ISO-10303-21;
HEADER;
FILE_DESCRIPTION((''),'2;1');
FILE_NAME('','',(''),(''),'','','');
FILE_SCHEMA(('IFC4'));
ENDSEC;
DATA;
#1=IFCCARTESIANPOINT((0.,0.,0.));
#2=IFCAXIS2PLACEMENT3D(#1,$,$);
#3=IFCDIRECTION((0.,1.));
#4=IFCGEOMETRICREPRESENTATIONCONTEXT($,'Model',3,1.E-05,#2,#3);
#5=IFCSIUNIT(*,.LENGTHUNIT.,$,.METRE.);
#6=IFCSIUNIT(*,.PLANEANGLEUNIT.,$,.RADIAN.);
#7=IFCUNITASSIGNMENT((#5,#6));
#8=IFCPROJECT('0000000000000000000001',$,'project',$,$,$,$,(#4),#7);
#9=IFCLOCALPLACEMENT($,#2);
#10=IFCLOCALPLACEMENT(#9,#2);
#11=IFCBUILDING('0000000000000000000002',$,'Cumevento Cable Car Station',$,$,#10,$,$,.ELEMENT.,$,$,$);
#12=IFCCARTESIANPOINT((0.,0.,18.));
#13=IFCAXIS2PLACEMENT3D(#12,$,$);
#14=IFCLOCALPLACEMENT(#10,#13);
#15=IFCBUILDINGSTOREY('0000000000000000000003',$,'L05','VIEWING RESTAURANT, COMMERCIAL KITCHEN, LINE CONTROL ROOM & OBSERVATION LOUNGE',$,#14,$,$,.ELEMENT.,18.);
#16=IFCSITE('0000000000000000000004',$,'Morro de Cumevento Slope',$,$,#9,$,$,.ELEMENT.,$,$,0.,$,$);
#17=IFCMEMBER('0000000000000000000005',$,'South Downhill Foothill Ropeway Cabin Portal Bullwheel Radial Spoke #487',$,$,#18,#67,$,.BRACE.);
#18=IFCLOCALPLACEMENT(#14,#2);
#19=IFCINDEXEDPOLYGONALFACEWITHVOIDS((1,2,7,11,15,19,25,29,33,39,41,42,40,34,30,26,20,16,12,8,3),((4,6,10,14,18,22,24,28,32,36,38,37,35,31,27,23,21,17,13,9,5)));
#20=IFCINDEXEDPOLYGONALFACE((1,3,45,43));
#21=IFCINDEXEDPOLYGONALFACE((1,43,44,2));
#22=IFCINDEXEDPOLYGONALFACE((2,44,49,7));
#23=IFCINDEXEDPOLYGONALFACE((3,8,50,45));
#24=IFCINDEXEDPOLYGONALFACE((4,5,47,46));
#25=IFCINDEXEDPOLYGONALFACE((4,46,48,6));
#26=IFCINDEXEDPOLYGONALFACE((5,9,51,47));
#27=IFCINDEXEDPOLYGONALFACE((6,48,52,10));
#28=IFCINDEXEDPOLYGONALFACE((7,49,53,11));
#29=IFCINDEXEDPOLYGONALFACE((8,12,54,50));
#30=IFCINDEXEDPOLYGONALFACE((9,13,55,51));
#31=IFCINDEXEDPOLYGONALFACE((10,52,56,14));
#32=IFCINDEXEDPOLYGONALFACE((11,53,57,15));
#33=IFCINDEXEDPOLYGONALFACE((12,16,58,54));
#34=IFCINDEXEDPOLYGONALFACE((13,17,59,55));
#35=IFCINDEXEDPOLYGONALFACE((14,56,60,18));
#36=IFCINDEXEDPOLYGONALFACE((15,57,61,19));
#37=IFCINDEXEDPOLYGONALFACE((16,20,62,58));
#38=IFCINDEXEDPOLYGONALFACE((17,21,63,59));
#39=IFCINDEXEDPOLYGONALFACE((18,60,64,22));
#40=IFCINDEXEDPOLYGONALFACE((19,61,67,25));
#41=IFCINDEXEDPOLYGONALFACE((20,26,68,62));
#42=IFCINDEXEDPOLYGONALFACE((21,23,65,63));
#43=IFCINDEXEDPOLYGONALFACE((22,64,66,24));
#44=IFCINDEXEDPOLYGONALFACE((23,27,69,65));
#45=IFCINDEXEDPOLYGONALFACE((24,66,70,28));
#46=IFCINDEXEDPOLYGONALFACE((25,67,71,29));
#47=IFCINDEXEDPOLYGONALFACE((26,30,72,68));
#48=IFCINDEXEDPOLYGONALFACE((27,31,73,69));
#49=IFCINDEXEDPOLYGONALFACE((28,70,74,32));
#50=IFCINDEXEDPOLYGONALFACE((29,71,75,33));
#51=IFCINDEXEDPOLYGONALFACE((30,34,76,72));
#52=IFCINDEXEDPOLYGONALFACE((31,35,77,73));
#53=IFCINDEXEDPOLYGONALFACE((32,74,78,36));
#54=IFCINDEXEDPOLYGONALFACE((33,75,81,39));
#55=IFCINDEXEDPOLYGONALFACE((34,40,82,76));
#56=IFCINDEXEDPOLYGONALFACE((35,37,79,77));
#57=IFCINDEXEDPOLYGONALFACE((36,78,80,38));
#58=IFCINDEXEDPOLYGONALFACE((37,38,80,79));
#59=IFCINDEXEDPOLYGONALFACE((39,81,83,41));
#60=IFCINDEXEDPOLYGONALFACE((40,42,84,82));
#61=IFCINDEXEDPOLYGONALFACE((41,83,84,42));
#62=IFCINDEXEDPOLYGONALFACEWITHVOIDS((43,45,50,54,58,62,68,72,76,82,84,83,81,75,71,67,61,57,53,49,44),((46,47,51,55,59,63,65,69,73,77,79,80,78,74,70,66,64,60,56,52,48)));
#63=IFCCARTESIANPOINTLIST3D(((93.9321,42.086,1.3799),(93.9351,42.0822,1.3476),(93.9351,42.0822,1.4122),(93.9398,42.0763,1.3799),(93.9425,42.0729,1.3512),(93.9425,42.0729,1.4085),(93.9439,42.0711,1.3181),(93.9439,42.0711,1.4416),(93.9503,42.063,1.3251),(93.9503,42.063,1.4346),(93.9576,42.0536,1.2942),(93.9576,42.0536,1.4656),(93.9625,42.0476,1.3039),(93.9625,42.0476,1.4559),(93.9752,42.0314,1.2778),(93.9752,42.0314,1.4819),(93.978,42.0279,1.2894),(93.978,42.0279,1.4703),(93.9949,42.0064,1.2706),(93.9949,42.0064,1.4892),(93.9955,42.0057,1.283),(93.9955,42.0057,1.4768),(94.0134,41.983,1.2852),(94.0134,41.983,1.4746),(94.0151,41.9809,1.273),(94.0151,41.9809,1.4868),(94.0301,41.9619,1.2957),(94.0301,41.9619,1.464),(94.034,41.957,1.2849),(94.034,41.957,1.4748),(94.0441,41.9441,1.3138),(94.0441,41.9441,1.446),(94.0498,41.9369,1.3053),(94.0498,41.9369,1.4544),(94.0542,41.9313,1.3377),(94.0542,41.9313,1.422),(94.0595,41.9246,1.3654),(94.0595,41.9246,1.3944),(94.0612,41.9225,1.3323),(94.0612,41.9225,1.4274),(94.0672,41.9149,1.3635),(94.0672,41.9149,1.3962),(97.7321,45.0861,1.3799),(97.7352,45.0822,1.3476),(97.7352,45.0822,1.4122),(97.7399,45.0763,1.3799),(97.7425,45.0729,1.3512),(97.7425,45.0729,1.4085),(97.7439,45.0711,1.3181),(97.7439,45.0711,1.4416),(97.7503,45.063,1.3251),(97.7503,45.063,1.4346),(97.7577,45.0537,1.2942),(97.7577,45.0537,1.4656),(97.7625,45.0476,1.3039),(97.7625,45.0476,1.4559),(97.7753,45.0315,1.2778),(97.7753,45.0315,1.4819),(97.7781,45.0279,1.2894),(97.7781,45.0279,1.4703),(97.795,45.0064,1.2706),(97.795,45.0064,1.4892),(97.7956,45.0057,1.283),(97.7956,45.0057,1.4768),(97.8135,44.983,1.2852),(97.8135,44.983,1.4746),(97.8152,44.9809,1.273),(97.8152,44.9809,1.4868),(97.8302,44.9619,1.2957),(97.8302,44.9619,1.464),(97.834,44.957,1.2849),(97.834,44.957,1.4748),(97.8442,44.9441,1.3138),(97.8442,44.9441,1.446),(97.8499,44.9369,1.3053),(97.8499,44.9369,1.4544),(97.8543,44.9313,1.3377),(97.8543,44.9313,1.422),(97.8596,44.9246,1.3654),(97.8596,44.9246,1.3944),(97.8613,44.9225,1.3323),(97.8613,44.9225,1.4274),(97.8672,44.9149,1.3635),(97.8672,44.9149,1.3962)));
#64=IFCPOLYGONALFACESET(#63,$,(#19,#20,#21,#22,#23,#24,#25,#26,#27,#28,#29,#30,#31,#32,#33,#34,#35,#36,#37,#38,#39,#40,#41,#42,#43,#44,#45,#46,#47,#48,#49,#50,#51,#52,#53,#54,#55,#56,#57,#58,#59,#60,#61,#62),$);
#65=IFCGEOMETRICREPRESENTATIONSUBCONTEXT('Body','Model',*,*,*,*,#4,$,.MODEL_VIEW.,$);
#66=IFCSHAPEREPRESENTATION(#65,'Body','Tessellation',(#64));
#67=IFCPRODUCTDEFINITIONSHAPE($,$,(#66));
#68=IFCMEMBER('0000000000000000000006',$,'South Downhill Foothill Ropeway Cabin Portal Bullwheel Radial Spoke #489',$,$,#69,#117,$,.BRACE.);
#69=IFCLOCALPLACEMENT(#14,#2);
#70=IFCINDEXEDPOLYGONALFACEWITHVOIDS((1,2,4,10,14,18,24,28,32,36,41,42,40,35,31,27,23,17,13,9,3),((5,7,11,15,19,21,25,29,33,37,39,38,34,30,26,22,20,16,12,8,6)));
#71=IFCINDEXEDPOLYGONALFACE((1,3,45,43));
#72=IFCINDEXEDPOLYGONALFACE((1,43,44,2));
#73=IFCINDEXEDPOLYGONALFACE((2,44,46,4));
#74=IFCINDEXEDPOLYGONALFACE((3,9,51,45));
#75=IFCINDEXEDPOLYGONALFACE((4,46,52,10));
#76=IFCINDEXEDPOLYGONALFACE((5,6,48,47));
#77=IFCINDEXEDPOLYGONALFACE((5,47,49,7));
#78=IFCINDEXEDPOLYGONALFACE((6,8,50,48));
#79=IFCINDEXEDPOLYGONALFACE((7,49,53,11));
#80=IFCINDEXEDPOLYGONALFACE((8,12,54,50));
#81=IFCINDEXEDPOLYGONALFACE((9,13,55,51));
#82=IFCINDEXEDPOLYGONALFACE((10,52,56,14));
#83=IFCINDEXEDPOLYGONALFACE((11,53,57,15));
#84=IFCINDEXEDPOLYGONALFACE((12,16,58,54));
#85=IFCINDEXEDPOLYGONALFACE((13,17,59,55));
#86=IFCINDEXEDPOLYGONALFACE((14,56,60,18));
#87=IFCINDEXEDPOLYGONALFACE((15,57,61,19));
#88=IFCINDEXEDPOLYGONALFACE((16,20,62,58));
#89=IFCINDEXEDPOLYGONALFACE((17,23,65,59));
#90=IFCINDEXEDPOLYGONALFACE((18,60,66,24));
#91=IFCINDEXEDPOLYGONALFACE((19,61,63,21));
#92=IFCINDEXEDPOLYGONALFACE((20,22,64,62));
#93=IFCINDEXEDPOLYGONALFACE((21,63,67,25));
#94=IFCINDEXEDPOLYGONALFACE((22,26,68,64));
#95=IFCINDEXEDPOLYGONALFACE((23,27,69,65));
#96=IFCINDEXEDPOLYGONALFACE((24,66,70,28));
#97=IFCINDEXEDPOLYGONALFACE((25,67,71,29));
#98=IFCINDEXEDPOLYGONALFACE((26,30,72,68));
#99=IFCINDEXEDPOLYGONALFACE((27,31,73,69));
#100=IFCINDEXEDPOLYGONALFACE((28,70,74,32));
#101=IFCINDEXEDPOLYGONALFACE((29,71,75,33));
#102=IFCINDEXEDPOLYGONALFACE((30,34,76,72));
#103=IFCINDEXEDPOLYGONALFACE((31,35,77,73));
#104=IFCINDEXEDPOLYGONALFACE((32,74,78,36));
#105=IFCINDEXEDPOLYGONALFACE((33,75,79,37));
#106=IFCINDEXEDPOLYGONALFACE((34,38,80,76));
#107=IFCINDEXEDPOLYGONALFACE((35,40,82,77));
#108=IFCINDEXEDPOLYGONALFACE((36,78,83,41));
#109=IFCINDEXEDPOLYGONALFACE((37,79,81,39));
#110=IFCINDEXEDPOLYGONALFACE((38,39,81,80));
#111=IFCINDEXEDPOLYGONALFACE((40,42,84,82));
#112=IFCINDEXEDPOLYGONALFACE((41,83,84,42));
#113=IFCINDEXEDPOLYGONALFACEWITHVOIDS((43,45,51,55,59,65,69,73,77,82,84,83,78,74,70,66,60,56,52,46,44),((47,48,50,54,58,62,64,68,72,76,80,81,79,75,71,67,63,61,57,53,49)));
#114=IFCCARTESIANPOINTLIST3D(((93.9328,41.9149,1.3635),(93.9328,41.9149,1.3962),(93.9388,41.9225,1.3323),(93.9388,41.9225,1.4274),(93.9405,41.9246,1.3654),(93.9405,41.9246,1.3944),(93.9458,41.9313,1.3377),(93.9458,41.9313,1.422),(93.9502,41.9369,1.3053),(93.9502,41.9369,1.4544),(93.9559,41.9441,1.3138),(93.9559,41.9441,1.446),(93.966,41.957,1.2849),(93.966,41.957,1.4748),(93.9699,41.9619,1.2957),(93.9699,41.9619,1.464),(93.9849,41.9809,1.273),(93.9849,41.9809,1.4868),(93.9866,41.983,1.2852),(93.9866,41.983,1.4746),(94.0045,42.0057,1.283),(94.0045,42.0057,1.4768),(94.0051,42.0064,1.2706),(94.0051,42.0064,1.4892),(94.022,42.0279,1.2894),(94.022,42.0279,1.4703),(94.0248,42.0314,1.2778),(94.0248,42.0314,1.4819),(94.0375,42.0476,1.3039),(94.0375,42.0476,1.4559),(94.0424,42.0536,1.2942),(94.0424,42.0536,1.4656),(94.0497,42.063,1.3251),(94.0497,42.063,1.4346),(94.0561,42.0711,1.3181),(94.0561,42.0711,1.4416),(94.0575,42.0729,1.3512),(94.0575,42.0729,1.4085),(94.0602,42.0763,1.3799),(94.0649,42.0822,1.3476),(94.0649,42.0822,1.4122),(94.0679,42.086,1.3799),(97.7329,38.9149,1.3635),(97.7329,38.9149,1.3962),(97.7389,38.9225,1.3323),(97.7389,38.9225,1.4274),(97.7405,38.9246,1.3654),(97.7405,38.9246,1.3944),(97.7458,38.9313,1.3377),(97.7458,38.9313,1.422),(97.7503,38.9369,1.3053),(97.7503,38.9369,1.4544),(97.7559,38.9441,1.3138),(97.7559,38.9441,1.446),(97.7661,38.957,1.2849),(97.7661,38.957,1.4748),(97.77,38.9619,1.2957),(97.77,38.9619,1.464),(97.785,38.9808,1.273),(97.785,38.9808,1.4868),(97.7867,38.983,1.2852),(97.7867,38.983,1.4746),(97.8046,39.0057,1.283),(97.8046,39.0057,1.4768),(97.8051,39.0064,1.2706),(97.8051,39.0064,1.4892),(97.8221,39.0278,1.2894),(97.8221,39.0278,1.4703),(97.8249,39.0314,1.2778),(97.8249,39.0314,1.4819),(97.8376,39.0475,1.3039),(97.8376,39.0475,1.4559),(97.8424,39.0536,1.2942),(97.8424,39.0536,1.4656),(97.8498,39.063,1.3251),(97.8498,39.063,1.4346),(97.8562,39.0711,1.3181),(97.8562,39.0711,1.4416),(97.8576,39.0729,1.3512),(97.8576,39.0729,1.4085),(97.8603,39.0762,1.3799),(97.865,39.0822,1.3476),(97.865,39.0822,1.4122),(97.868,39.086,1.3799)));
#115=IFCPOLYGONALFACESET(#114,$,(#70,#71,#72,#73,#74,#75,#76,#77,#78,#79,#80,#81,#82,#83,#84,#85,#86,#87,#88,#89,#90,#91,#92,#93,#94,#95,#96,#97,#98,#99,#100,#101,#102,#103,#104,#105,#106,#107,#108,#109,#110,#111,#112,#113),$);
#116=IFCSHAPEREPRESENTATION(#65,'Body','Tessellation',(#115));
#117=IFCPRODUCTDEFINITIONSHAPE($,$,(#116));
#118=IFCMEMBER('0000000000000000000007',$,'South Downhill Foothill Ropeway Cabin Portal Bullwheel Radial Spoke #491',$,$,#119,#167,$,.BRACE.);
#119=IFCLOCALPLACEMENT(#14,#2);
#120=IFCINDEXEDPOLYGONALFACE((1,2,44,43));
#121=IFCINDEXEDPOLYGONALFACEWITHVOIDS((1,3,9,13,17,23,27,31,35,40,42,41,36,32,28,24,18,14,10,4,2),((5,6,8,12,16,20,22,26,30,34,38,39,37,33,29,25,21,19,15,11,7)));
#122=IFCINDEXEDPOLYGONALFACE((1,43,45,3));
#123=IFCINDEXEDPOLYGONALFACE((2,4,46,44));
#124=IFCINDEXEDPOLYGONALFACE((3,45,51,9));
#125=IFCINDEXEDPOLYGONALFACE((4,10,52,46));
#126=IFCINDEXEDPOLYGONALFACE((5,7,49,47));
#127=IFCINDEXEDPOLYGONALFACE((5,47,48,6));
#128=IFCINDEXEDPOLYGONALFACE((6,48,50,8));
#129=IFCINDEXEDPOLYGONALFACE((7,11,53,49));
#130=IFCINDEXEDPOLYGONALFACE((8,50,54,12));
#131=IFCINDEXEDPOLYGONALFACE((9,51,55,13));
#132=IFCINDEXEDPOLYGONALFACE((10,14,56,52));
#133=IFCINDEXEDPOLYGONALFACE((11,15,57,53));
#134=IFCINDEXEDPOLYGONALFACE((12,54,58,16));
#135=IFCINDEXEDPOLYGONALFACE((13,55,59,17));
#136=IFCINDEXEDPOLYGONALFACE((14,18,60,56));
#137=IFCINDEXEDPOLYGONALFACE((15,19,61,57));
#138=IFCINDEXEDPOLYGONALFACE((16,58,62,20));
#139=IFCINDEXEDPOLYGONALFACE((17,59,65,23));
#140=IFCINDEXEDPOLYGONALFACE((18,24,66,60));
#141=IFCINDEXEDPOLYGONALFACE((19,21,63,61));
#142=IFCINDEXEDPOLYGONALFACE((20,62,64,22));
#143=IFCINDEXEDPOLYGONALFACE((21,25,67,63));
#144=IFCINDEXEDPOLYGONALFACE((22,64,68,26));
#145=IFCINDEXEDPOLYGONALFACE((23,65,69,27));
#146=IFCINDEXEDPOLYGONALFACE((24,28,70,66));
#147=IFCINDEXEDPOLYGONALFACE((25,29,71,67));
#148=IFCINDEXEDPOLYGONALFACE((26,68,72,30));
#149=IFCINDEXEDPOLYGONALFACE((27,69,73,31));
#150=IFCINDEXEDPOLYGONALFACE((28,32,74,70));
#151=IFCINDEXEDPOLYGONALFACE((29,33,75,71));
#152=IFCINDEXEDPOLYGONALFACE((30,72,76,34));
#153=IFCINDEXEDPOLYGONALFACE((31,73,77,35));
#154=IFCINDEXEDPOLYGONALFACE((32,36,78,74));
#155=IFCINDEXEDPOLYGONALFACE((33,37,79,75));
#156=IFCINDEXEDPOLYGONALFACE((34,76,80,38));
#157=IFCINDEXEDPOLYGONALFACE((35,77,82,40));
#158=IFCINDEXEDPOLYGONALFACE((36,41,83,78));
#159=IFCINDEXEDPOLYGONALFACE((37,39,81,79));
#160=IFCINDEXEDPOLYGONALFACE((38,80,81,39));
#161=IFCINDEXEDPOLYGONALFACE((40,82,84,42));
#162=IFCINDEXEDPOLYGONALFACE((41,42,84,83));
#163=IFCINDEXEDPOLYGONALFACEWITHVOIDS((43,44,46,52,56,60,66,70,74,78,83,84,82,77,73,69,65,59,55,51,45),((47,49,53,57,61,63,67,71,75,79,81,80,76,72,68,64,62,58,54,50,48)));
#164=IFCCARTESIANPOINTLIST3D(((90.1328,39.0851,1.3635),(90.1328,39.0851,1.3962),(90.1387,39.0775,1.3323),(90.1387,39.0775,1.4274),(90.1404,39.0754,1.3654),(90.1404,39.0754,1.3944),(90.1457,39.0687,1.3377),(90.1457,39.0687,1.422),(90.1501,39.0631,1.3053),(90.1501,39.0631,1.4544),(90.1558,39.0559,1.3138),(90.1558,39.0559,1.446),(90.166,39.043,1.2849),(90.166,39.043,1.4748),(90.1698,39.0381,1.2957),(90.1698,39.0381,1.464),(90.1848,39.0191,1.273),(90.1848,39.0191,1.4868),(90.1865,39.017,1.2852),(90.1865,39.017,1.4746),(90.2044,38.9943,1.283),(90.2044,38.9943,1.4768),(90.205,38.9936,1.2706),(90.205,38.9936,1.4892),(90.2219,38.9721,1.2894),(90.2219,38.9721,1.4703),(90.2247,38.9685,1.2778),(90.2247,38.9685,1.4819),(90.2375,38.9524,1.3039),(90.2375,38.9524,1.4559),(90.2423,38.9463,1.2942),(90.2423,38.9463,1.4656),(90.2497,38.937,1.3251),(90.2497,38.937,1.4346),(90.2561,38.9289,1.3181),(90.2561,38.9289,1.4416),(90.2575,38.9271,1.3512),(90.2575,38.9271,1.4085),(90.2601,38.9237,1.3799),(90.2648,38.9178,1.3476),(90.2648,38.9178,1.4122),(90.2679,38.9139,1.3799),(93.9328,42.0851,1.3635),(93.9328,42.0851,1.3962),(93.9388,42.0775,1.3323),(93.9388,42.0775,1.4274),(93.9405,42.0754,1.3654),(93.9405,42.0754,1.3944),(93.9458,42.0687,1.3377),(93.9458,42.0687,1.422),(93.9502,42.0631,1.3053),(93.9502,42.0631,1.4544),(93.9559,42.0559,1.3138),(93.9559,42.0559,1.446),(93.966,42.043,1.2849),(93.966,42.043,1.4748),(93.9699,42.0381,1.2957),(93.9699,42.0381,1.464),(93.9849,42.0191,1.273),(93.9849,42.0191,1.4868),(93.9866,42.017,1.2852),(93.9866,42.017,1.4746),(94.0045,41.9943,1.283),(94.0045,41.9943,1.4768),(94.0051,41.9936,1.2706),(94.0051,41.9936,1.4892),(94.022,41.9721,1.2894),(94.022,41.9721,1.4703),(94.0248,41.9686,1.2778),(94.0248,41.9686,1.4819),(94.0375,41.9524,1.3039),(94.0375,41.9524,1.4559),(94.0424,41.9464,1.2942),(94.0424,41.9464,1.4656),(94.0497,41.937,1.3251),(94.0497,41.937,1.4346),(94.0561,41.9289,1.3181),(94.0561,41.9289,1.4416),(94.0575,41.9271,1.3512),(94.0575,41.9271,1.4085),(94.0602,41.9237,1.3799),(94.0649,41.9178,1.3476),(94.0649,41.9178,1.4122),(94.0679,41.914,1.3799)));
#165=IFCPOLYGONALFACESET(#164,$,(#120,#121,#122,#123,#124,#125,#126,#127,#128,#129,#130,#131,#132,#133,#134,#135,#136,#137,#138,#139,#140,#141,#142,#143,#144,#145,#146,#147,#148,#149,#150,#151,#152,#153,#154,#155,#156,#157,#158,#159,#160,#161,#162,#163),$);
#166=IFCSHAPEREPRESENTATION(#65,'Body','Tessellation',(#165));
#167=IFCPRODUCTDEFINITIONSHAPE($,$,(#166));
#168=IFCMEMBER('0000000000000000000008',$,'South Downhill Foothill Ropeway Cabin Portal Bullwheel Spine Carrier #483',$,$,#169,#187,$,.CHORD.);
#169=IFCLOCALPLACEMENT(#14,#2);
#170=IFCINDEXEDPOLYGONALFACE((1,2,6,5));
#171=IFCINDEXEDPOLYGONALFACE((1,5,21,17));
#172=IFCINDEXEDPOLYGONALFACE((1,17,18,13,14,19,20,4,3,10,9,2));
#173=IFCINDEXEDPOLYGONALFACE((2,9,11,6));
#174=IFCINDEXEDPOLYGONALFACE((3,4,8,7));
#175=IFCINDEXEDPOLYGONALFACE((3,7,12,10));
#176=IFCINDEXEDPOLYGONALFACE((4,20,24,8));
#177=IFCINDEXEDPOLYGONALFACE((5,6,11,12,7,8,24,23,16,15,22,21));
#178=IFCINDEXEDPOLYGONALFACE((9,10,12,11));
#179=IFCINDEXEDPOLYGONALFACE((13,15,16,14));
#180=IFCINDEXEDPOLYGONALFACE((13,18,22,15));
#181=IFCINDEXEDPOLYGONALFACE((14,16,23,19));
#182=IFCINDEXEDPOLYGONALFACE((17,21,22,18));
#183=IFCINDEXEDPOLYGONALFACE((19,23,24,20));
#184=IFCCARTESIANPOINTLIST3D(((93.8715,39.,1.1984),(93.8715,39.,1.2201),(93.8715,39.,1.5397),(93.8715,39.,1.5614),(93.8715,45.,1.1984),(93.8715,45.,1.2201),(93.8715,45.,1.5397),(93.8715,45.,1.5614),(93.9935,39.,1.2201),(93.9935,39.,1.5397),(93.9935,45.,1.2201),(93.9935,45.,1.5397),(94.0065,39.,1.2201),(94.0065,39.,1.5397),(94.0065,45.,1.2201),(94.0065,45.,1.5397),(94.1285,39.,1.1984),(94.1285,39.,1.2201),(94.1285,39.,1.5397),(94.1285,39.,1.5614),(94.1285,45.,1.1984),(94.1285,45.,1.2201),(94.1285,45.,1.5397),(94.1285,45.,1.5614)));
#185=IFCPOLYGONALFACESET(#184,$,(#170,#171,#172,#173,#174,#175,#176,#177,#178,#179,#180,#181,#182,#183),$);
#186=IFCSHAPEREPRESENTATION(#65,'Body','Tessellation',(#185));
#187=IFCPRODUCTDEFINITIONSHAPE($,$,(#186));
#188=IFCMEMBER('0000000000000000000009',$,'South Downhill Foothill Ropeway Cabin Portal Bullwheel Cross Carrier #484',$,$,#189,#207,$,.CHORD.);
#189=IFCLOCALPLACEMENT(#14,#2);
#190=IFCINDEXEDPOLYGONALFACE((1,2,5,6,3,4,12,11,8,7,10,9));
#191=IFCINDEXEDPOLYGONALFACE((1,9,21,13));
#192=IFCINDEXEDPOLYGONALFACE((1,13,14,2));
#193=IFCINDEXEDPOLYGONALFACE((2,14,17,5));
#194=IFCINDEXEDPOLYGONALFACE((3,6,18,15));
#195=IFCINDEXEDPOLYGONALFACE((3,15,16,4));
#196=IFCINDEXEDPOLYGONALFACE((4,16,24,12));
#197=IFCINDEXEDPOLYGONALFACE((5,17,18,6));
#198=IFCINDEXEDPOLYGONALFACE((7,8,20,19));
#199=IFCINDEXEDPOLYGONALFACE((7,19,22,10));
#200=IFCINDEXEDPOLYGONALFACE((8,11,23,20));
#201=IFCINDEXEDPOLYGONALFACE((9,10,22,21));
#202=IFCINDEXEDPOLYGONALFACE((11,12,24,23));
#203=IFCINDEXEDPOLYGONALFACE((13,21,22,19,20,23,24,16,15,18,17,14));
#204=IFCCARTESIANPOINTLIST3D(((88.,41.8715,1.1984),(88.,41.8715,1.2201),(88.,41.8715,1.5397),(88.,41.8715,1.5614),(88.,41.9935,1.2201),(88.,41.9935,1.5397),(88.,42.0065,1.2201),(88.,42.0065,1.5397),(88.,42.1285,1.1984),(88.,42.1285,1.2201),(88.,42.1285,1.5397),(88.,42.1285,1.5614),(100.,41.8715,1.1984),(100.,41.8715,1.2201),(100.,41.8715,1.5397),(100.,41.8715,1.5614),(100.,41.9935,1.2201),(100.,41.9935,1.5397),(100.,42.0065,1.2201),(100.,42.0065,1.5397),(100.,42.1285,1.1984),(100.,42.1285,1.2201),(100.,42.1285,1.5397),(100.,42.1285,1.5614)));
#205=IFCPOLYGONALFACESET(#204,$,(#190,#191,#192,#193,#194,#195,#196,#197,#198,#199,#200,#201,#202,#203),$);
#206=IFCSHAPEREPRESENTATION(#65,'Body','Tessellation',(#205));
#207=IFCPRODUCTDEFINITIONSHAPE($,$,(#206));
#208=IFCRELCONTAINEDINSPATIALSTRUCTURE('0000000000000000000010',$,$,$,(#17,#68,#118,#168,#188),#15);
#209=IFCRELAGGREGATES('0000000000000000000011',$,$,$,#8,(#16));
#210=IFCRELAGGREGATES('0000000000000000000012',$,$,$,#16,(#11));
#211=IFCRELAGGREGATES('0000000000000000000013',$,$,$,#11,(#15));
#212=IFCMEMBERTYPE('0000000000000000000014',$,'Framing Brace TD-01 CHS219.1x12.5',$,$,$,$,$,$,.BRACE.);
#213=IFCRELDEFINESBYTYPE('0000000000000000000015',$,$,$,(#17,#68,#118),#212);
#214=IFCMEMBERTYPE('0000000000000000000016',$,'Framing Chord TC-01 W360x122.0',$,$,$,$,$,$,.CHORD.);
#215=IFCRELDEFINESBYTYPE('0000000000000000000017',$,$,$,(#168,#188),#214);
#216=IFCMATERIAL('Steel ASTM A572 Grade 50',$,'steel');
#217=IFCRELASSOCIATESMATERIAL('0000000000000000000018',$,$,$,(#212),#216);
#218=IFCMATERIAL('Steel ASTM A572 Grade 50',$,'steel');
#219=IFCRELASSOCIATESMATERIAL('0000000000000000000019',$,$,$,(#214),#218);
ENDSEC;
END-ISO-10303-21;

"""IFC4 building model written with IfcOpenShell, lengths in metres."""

from ifc_helpers import new_model, si_unit, direction, frame, origin, origin_2d, place, context, subcontext, project, spatial, hollow_circle, i_section, extrude, material, material_profile, profile_set, type_object, element, save


model = new_model("IFC4")

# Units and contexts
model_context = context("Model", 3, precision=1e-05, world=origin(), true_north=direction((0.0, 1.0)))
body_context = subcontext(model_context, "Body", "Model", "MODEL_VIEW")
ifc_project = project(units=[si_unit("LENGTHUNIT", "METRE"), si_unit("PLANEANGLEUNIT", "RADIAN")], contexts=[model_context])

# Site, building, storey
site_placement = place(None, origin())
site = spatial("IfcSite", under=ifc_project, at=site_placement, Name="Morro de Cumevento Slope", CompositionType="ELEMENT", RefElevation=0.0)
building_placement = place(site_placement, origin())
building = spatial("IfcBuilding", under=site, at=building_placement, Name="Cumevento Cable Car Station", CompositionType="ELEMENT")
storey_placement = place(building_placement, frame((0.0, 0.0, 18.0)))
storey = spatial("IfcBuildingStorey", under=building, at=storey_placement, Name="L05", Description="VIEWING RESTAURANT, COMMERCIAL KITCHEN, LINE CONTROL ROOM & OBSERVATION LOUNGE", CompositionType="ELEMENT", Elevation=18.0)

# Members
ifc_material_1 = material(Name="Steel ASTM A572 Grade 50", Category="steel")
ifc_material_profile_1 = material_profile(ifc_material_1, hollow_circle(Radius=0.1096, WallThickness=0.0125, at=origin_2d()), Name="CHS219.1x12.5")
ifc_profile_set_1 = profile_set([ifc_material_profile_1], Name="Steel ASTM A572 Grade 50")
member_type_1 = type_object("IfcMemberType", Name="Framing Brace TD-01 CHS219.1x12.5", PredefinedType="BRACE", material=ifc_profile_set_1)
for number, where, z_axis, x_axis, name in (
    (1, (94.0, 42.0, 1.3799), (0.784887, 0.619639, 0.0), (-0.619639, 0.784887, 0.0), "South Downhill Foothill Ropeway Cabin Portal Bullwheel Radial Spoke #487"),
    (2, (94.0, 42.0, 1.3799), (0.784887, -0.619639, 0.0), (0.619639, 0.784887, 0.0), "South Downhill Foothill Ropeway Cabin Portal Bullwheel Radial Spoke #489"),
    (3, (94.0, 42.0, 1.3799), (-0.784887, -0.619639, 0.0), (0.619639, -0.784887, 0.0), "South Downhill Foothill Ropeway Cabin Portal Bullwheel Radial Spoke #491"),
):
    element("IfcMember", number, at=place(storey_placement, frame(where, z_axis=z_axis, x_axis=x_axis)), inside=storey, type_object=member_type_1, Name=name, PredefinedType="BRACE", context=body_context, shape_type="SweptSolid", body=[
        extrude(hollow_circle(Radius=0.1096, WallThickness=0.0125, at=origin_2d()), origin(), (0.0, 0.0, 1.0), 4.8416),
    ])
ifc_material_2 = material(Name="Steel ASTM A572 Grade 50", Category="steel")
ifc_material_profile_2 = material_profile(ifc_material_2, i_section(OverallWidth=0.2571, OverallDepth=0.363, WebThickness=0.0129, FlangeThickness=0.0217, at=origin_2d()), Name="W360x122.0")
ifc_profile_set_2 = profile_set([ifc_material_profile_2], Name="Steel ASTM A572 Grade 50")
member_type_2 = type_object("IfcMemberType", Name="Framing Chord TC-01 W360x122.0", PredefinedType="CHORD", material=ifc_profile_set_2)
member_1_placement = place(storey_placement, frame((94.0, 39.0, 1.3799), z_axis=(0.0, 1.0, 0.0), x_axis=(-1.0, 0.0, 0.0)))
element("IfcMember", 4, at=member_1_placement, inside=storey, type_object=member_type_2, Name="South Downhill Foothill Ropeway Cabin Portal Bullwheel Spine Carrier #483", PredefinedType="CHORD", context=body_context, shape_type="SweptSolid", body=[
    extrude(i_section(OverallWidth=0.2571, OverallDepth=0.363, WebThickness=0.0129, FlangeThickness=0.0217, at=origin_2d()), origin(), (0.0, 0.0, 1.0), 6.0),
])
member_2_placement = place(storey_placement, frame((88.0, 42.0, 1.3799), z_axis=(1.0, 0.0, 0.0), x_axis=(0.0, 1.0, 0.0)))
element("IfcMember", 5, at=member_2_placement, inside=storey, type_object=member_type_2, Name="South Downhill Foothill Ropeway Cabin Portal Bullwheel Cross Carrier #484", PredefinedType="CHORD", context=body_context, shape_type="SweptSolid", body=[
    extrude(i_section(OverallWidth=0.2571, OverallDepth=0.363, WebThickness=0.0129, FlangeThickness=0.0217, at=origin_2d()), origin(), (0.0, 0.0, 1.0), 12.0),
])

save(model, "model.ifc")
